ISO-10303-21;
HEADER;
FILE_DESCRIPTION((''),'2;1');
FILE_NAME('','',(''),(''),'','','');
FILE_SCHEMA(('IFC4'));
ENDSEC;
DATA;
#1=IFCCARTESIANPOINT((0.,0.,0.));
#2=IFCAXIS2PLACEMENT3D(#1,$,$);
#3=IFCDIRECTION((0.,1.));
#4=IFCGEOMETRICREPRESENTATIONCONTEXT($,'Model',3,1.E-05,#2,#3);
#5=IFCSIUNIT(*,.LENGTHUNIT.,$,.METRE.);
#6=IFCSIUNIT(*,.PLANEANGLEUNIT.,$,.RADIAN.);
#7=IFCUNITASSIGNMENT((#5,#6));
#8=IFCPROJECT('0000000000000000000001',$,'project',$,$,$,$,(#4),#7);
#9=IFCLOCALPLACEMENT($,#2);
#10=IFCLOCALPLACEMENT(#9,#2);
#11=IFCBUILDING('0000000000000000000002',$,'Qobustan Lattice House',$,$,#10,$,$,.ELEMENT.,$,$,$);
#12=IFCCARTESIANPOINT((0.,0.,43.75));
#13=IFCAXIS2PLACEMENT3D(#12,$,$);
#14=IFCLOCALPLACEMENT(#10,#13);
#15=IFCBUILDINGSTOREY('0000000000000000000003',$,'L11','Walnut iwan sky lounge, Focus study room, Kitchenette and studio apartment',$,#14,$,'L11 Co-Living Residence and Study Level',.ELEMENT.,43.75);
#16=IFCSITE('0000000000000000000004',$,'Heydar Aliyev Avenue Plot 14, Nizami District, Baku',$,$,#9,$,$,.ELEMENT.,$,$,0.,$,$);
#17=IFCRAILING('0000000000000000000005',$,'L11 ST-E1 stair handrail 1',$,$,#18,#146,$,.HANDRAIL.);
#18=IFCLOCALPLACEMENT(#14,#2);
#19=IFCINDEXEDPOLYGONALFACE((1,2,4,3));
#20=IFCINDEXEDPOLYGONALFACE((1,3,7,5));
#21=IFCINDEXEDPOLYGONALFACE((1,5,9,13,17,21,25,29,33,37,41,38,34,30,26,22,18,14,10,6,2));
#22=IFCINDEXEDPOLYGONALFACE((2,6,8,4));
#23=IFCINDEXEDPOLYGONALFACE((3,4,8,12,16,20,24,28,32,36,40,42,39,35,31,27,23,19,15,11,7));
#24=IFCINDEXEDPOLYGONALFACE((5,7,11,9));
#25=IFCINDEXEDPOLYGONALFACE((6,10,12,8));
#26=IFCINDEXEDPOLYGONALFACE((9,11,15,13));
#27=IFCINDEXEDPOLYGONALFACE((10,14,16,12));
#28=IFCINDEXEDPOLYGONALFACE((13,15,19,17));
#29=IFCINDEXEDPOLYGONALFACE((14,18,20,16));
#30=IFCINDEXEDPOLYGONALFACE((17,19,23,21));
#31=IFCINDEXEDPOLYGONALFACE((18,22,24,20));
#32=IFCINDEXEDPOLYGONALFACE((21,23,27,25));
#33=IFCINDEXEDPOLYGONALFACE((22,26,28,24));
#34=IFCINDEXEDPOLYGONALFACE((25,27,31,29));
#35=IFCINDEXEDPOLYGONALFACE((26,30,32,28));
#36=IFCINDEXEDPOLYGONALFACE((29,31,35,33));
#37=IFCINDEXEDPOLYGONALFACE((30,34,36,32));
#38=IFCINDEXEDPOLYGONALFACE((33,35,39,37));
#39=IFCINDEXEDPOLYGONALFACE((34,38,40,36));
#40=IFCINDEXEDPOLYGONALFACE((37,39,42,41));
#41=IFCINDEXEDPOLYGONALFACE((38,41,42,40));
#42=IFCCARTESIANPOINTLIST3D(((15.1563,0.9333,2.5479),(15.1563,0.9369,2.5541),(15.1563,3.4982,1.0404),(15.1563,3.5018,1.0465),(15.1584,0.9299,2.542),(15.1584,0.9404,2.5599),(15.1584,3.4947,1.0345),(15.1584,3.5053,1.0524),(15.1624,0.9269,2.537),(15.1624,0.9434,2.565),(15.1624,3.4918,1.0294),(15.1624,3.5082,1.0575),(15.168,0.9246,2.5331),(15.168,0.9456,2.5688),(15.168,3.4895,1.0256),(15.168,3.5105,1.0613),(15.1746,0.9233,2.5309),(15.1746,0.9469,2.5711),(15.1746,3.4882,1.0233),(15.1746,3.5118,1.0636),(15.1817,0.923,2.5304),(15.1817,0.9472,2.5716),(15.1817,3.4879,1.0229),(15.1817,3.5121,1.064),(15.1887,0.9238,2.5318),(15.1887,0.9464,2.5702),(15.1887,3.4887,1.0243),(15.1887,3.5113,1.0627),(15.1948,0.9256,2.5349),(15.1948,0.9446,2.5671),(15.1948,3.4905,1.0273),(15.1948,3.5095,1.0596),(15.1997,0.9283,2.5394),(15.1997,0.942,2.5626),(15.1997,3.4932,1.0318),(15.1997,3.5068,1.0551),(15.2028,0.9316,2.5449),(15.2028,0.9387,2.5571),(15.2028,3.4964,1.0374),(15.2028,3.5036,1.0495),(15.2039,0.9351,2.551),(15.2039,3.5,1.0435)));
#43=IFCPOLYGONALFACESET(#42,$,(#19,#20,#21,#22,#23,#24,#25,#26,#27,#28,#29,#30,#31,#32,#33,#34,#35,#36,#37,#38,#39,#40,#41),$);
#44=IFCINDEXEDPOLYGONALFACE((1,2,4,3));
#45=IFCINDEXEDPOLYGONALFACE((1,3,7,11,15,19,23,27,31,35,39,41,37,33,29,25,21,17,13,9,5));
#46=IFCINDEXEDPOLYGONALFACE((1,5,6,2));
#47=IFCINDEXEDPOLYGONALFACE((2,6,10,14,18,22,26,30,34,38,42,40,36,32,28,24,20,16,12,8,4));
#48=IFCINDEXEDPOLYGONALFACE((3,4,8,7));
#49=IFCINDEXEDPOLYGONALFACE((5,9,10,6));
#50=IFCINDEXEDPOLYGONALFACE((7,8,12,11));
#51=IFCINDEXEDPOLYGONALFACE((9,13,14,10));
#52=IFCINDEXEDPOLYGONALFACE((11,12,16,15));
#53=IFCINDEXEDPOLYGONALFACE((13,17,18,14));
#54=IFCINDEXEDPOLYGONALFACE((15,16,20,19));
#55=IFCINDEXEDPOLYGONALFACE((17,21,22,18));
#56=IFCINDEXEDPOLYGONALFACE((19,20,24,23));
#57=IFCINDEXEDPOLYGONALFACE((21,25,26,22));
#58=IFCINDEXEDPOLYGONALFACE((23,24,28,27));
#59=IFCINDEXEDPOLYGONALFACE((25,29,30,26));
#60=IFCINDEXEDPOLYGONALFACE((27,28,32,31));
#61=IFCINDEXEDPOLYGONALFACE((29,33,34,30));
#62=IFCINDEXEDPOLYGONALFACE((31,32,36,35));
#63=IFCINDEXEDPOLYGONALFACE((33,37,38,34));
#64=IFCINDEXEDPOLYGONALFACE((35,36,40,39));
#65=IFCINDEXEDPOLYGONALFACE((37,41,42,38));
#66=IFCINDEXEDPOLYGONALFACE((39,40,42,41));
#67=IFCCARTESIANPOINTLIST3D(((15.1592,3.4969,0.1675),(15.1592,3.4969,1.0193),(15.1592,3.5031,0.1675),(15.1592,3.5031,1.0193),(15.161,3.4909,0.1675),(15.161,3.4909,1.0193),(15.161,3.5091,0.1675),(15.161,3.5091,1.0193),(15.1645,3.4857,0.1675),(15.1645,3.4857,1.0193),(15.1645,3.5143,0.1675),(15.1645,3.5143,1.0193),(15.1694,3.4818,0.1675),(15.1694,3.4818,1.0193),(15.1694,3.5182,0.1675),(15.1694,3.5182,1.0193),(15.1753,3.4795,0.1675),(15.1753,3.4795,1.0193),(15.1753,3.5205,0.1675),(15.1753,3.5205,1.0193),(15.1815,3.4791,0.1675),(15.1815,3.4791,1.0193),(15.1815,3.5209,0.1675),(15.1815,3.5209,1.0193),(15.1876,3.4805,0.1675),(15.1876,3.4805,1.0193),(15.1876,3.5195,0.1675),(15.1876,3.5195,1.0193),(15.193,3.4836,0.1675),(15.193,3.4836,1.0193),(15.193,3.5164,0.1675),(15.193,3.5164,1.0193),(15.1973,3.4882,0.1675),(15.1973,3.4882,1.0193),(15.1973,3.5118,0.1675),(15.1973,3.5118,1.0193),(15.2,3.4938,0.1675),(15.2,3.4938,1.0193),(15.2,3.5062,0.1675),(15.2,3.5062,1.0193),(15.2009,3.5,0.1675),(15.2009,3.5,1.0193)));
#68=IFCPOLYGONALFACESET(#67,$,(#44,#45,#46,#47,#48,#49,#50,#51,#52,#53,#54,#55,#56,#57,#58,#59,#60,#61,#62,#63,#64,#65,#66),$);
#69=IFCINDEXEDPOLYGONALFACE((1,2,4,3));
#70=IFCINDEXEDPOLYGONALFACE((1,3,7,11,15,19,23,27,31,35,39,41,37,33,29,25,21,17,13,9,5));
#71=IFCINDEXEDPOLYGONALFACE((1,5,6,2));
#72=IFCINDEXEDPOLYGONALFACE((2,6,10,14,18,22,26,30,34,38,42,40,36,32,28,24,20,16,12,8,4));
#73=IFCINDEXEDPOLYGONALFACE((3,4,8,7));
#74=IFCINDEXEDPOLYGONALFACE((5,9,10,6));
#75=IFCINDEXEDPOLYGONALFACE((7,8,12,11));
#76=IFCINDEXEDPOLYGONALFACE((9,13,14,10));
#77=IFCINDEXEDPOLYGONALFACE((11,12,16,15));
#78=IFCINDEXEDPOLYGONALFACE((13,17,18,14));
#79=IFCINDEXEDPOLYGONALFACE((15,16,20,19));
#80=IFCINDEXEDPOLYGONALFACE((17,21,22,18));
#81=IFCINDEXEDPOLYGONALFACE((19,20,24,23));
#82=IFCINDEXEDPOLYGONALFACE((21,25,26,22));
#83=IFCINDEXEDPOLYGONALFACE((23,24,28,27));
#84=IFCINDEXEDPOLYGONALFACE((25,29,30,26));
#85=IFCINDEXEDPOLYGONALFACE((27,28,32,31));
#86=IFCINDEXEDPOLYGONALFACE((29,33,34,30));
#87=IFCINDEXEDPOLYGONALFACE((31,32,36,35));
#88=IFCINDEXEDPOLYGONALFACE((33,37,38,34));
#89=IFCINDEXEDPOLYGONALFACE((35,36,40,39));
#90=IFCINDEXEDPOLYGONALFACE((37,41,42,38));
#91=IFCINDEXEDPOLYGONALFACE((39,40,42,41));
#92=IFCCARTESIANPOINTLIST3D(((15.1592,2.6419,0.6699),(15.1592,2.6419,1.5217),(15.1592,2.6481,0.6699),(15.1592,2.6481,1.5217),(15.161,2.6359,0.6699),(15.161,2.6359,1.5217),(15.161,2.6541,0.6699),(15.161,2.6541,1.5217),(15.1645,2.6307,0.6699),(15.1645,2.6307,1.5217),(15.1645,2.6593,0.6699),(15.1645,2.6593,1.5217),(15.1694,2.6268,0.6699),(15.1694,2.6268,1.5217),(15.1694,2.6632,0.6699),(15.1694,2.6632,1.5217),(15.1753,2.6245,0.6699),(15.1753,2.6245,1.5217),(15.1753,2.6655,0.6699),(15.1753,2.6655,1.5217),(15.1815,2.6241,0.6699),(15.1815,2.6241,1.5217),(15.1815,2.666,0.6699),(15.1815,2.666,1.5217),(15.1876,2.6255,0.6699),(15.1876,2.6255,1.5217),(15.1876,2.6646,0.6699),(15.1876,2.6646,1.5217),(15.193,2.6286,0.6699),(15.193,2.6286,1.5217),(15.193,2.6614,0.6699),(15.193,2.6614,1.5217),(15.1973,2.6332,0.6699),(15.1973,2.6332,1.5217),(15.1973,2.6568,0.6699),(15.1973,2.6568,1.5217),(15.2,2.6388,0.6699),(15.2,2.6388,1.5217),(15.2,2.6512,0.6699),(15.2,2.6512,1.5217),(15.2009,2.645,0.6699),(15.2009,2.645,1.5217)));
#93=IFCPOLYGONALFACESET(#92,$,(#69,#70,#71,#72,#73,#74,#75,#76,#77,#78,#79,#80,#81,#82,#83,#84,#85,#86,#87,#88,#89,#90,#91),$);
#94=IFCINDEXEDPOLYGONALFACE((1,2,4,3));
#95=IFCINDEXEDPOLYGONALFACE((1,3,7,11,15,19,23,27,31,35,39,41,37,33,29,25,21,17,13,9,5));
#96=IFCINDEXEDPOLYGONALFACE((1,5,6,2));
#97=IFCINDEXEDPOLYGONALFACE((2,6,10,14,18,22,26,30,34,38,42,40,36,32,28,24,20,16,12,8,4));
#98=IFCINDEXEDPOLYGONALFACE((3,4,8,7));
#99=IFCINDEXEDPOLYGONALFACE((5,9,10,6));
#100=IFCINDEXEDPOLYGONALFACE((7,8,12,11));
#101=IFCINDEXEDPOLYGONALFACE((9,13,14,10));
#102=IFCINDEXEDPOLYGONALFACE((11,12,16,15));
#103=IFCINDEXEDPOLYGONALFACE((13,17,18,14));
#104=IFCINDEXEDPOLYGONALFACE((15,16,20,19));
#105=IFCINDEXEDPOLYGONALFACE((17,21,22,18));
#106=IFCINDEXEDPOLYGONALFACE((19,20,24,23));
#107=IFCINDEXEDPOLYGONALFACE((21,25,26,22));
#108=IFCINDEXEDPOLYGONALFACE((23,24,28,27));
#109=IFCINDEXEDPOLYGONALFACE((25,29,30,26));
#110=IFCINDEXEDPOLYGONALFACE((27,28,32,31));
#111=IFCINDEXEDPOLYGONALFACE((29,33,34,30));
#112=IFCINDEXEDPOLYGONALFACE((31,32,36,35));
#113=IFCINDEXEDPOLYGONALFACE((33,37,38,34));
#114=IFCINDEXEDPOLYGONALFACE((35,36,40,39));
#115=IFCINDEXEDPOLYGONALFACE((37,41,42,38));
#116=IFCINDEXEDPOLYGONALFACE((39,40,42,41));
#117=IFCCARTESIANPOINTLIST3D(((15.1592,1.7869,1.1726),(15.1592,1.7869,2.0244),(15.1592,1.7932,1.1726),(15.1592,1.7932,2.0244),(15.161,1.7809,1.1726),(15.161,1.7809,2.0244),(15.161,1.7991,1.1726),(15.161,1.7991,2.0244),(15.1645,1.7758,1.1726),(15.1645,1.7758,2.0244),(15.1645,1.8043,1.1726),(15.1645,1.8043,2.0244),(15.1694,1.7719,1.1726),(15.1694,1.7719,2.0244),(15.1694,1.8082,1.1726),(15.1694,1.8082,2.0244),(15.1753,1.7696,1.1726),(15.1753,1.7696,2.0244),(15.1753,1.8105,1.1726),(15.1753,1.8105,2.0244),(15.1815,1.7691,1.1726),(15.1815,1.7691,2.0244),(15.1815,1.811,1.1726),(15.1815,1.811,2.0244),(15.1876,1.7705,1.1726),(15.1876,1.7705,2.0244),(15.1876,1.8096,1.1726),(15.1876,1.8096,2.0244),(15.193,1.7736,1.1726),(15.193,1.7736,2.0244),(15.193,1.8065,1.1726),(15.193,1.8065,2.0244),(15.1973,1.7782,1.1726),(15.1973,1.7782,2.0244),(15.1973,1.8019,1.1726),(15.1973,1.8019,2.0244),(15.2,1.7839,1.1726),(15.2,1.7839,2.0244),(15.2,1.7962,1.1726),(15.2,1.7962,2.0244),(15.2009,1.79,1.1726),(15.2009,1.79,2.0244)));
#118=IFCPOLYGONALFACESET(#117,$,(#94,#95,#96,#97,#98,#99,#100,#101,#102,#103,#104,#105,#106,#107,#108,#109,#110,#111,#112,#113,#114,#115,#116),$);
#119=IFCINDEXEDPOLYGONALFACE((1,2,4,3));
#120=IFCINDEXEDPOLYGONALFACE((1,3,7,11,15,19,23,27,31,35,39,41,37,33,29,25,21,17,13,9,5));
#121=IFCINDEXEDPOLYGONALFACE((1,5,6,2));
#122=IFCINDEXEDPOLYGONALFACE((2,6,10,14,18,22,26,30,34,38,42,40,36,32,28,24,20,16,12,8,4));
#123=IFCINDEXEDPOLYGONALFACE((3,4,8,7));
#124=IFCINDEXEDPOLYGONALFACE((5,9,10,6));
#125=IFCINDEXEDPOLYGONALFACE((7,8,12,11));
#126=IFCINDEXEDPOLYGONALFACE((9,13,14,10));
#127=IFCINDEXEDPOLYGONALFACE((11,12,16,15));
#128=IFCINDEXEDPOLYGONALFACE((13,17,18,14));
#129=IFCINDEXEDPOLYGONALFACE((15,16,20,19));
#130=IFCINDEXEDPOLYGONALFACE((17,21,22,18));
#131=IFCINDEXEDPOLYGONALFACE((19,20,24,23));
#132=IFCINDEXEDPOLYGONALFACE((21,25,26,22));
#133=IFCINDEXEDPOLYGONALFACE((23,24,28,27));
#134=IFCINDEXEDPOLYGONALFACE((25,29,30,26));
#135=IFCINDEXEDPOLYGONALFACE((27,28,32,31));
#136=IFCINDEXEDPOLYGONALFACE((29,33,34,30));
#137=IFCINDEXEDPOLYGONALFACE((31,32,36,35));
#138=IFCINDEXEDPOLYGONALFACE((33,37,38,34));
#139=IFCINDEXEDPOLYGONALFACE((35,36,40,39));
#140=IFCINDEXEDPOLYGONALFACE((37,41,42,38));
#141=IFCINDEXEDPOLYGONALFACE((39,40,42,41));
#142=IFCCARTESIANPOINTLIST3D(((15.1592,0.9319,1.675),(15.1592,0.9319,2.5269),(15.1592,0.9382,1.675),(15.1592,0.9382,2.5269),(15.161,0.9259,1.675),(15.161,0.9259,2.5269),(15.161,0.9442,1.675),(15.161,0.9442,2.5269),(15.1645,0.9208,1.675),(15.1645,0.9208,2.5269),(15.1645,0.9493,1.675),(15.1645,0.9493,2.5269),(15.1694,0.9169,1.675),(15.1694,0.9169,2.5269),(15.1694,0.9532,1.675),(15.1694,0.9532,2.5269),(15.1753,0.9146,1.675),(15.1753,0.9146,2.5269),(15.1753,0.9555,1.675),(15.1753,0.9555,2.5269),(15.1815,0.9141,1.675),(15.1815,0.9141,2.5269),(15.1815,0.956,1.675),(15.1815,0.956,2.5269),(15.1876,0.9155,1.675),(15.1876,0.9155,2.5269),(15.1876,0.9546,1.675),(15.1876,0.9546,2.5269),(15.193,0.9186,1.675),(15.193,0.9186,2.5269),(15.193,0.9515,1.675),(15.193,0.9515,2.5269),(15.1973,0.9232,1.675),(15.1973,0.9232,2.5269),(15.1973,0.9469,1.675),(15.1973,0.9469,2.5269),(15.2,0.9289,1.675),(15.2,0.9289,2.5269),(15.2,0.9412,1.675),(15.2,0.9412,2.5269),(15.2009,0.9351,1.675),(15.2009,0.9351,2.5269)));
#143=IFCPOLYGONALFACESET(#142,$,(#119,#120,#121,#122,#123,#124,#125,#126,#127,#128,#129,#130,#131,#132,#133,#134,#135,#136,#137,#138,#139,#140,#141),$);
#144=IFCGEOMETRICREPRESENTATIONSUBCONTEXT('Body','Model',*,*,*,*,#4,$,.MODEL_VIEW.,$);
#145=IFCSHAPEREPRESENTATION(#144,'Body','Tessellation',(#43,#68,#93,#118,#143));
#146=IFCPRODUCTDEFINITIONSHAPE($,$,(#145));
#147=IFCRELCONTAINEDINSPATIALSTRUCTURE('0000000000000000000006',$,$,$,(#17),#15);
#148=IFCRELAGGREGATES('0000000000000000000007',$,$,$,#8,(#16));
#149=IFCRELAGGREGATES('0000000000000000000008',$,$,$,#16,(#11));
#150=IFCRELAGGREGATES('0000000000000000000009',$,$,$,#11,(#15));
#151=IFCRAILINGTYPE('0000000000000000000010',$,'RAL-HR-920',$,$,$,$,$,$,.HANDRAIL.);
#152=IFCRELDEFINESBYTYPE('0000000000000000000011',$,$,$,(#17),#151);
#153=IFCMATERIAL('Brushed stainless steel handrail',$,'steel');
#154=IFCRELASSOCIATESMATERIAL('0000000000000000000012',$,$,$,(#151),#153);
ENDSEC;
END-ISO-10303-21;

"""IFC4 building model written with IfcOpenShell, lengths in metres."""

from ifc_helpers import new_model, si_unit, direction, frame, origin, origin_2d, place, context, subcontext, project, spatial, circle, extrude, material, type_object, element, save


model = new_model("IFC4")

# Units and contexts
model_context = context("Model", 3, precision=1e-05, world=origin(), true_north=direction((0.0, 1.0)))
body_context = subcontext(model_context, "Body", "Model", "MODEL_VIEW")
ifc_project = project(units=[si_unit("LENGTHUNIT", "METRE"), si_unit("PLANEANGLEUNIT", "RADIAN")], contexts=[model_context])

# Site, building, storey
site_placement = place(None, origin())
site = spatial("IfcSite", under=ifc_project, at=site_placement, Name="Heydar Aliyev Avenue Plot 14, Nizami District, Baku", CompositionType="ELEMENT", RefElevation=0.0)
building_placement = place(site_placement, origin())
building = spatial("IfcBuilding", under=site, at=building_placement, Name="Qobustan Lattice House", CompositionType="ELEMENT")
storey_placement = place(building_placement, frame((0.0, 0.0, 43.75)))
storey = spatial("IfcBuildingStorey", under=building, at=storey_placement, Name="L11", Description="Walnut iwan sky lounge, Focus study room, Kitchenette and studio apartment", LongName="L11 Co-Living Residence and Study Level", CompositionType="ELEMENT", Elevation=43.75)

# Railing
ifc_material_1 = material(Name="Brushed stainless steel handrail", Category="steel")
railing_type_1 = type_object("IfcRailingType", Name="RAL-HR-920", PredefinedType="HANDRAIL", material=ifc_material_1)
railing_1_placement = place(storey_placement, frame((15.1799, 3.5, 0.1675)))
element("IfcRailing", 1, at=railing_1_placement, inside=storey, type_object=railing_type_1, Name="L11 ST-E1 stair handrail 1", PredefinedType="HANDRAIL", context=body_context, shape_type="SweptSolid", body=[
    extrude(circle(Radius=0.0239, at=origin_2d()), frame((0.0, 0.0, 0.876), z_axis=(0.0, -0.862113, 0.506715), x_axis=(1.0, 0.0, 0.0)), (0.0, 0.0, 1.0), 2.9751),
    extrude(circle(Radius=0.021, at=origin_2d()), origin(), (0.0, 0.0, 1.0), 0.8518),
    extrude(circle(Radius=0.021, at=origin_2d()), frame((0.0, -0.855, 0.5024)), (0.0, 0.0, 1.0), 0.8518),
    extrude(circle(Radius=0.021, at=origin_2d()), frame((0.0, -1.71, 1.0051)), (0.0, 0.0, 1.0), 0.8518),
    extrude(circle(Radius=0.021, at=origin_2d()), frame((0.0, -2.5649, 1.5076)), (0.0, 0.0, 1.0), 0.8518),
])

save(model, "model.ifc")
